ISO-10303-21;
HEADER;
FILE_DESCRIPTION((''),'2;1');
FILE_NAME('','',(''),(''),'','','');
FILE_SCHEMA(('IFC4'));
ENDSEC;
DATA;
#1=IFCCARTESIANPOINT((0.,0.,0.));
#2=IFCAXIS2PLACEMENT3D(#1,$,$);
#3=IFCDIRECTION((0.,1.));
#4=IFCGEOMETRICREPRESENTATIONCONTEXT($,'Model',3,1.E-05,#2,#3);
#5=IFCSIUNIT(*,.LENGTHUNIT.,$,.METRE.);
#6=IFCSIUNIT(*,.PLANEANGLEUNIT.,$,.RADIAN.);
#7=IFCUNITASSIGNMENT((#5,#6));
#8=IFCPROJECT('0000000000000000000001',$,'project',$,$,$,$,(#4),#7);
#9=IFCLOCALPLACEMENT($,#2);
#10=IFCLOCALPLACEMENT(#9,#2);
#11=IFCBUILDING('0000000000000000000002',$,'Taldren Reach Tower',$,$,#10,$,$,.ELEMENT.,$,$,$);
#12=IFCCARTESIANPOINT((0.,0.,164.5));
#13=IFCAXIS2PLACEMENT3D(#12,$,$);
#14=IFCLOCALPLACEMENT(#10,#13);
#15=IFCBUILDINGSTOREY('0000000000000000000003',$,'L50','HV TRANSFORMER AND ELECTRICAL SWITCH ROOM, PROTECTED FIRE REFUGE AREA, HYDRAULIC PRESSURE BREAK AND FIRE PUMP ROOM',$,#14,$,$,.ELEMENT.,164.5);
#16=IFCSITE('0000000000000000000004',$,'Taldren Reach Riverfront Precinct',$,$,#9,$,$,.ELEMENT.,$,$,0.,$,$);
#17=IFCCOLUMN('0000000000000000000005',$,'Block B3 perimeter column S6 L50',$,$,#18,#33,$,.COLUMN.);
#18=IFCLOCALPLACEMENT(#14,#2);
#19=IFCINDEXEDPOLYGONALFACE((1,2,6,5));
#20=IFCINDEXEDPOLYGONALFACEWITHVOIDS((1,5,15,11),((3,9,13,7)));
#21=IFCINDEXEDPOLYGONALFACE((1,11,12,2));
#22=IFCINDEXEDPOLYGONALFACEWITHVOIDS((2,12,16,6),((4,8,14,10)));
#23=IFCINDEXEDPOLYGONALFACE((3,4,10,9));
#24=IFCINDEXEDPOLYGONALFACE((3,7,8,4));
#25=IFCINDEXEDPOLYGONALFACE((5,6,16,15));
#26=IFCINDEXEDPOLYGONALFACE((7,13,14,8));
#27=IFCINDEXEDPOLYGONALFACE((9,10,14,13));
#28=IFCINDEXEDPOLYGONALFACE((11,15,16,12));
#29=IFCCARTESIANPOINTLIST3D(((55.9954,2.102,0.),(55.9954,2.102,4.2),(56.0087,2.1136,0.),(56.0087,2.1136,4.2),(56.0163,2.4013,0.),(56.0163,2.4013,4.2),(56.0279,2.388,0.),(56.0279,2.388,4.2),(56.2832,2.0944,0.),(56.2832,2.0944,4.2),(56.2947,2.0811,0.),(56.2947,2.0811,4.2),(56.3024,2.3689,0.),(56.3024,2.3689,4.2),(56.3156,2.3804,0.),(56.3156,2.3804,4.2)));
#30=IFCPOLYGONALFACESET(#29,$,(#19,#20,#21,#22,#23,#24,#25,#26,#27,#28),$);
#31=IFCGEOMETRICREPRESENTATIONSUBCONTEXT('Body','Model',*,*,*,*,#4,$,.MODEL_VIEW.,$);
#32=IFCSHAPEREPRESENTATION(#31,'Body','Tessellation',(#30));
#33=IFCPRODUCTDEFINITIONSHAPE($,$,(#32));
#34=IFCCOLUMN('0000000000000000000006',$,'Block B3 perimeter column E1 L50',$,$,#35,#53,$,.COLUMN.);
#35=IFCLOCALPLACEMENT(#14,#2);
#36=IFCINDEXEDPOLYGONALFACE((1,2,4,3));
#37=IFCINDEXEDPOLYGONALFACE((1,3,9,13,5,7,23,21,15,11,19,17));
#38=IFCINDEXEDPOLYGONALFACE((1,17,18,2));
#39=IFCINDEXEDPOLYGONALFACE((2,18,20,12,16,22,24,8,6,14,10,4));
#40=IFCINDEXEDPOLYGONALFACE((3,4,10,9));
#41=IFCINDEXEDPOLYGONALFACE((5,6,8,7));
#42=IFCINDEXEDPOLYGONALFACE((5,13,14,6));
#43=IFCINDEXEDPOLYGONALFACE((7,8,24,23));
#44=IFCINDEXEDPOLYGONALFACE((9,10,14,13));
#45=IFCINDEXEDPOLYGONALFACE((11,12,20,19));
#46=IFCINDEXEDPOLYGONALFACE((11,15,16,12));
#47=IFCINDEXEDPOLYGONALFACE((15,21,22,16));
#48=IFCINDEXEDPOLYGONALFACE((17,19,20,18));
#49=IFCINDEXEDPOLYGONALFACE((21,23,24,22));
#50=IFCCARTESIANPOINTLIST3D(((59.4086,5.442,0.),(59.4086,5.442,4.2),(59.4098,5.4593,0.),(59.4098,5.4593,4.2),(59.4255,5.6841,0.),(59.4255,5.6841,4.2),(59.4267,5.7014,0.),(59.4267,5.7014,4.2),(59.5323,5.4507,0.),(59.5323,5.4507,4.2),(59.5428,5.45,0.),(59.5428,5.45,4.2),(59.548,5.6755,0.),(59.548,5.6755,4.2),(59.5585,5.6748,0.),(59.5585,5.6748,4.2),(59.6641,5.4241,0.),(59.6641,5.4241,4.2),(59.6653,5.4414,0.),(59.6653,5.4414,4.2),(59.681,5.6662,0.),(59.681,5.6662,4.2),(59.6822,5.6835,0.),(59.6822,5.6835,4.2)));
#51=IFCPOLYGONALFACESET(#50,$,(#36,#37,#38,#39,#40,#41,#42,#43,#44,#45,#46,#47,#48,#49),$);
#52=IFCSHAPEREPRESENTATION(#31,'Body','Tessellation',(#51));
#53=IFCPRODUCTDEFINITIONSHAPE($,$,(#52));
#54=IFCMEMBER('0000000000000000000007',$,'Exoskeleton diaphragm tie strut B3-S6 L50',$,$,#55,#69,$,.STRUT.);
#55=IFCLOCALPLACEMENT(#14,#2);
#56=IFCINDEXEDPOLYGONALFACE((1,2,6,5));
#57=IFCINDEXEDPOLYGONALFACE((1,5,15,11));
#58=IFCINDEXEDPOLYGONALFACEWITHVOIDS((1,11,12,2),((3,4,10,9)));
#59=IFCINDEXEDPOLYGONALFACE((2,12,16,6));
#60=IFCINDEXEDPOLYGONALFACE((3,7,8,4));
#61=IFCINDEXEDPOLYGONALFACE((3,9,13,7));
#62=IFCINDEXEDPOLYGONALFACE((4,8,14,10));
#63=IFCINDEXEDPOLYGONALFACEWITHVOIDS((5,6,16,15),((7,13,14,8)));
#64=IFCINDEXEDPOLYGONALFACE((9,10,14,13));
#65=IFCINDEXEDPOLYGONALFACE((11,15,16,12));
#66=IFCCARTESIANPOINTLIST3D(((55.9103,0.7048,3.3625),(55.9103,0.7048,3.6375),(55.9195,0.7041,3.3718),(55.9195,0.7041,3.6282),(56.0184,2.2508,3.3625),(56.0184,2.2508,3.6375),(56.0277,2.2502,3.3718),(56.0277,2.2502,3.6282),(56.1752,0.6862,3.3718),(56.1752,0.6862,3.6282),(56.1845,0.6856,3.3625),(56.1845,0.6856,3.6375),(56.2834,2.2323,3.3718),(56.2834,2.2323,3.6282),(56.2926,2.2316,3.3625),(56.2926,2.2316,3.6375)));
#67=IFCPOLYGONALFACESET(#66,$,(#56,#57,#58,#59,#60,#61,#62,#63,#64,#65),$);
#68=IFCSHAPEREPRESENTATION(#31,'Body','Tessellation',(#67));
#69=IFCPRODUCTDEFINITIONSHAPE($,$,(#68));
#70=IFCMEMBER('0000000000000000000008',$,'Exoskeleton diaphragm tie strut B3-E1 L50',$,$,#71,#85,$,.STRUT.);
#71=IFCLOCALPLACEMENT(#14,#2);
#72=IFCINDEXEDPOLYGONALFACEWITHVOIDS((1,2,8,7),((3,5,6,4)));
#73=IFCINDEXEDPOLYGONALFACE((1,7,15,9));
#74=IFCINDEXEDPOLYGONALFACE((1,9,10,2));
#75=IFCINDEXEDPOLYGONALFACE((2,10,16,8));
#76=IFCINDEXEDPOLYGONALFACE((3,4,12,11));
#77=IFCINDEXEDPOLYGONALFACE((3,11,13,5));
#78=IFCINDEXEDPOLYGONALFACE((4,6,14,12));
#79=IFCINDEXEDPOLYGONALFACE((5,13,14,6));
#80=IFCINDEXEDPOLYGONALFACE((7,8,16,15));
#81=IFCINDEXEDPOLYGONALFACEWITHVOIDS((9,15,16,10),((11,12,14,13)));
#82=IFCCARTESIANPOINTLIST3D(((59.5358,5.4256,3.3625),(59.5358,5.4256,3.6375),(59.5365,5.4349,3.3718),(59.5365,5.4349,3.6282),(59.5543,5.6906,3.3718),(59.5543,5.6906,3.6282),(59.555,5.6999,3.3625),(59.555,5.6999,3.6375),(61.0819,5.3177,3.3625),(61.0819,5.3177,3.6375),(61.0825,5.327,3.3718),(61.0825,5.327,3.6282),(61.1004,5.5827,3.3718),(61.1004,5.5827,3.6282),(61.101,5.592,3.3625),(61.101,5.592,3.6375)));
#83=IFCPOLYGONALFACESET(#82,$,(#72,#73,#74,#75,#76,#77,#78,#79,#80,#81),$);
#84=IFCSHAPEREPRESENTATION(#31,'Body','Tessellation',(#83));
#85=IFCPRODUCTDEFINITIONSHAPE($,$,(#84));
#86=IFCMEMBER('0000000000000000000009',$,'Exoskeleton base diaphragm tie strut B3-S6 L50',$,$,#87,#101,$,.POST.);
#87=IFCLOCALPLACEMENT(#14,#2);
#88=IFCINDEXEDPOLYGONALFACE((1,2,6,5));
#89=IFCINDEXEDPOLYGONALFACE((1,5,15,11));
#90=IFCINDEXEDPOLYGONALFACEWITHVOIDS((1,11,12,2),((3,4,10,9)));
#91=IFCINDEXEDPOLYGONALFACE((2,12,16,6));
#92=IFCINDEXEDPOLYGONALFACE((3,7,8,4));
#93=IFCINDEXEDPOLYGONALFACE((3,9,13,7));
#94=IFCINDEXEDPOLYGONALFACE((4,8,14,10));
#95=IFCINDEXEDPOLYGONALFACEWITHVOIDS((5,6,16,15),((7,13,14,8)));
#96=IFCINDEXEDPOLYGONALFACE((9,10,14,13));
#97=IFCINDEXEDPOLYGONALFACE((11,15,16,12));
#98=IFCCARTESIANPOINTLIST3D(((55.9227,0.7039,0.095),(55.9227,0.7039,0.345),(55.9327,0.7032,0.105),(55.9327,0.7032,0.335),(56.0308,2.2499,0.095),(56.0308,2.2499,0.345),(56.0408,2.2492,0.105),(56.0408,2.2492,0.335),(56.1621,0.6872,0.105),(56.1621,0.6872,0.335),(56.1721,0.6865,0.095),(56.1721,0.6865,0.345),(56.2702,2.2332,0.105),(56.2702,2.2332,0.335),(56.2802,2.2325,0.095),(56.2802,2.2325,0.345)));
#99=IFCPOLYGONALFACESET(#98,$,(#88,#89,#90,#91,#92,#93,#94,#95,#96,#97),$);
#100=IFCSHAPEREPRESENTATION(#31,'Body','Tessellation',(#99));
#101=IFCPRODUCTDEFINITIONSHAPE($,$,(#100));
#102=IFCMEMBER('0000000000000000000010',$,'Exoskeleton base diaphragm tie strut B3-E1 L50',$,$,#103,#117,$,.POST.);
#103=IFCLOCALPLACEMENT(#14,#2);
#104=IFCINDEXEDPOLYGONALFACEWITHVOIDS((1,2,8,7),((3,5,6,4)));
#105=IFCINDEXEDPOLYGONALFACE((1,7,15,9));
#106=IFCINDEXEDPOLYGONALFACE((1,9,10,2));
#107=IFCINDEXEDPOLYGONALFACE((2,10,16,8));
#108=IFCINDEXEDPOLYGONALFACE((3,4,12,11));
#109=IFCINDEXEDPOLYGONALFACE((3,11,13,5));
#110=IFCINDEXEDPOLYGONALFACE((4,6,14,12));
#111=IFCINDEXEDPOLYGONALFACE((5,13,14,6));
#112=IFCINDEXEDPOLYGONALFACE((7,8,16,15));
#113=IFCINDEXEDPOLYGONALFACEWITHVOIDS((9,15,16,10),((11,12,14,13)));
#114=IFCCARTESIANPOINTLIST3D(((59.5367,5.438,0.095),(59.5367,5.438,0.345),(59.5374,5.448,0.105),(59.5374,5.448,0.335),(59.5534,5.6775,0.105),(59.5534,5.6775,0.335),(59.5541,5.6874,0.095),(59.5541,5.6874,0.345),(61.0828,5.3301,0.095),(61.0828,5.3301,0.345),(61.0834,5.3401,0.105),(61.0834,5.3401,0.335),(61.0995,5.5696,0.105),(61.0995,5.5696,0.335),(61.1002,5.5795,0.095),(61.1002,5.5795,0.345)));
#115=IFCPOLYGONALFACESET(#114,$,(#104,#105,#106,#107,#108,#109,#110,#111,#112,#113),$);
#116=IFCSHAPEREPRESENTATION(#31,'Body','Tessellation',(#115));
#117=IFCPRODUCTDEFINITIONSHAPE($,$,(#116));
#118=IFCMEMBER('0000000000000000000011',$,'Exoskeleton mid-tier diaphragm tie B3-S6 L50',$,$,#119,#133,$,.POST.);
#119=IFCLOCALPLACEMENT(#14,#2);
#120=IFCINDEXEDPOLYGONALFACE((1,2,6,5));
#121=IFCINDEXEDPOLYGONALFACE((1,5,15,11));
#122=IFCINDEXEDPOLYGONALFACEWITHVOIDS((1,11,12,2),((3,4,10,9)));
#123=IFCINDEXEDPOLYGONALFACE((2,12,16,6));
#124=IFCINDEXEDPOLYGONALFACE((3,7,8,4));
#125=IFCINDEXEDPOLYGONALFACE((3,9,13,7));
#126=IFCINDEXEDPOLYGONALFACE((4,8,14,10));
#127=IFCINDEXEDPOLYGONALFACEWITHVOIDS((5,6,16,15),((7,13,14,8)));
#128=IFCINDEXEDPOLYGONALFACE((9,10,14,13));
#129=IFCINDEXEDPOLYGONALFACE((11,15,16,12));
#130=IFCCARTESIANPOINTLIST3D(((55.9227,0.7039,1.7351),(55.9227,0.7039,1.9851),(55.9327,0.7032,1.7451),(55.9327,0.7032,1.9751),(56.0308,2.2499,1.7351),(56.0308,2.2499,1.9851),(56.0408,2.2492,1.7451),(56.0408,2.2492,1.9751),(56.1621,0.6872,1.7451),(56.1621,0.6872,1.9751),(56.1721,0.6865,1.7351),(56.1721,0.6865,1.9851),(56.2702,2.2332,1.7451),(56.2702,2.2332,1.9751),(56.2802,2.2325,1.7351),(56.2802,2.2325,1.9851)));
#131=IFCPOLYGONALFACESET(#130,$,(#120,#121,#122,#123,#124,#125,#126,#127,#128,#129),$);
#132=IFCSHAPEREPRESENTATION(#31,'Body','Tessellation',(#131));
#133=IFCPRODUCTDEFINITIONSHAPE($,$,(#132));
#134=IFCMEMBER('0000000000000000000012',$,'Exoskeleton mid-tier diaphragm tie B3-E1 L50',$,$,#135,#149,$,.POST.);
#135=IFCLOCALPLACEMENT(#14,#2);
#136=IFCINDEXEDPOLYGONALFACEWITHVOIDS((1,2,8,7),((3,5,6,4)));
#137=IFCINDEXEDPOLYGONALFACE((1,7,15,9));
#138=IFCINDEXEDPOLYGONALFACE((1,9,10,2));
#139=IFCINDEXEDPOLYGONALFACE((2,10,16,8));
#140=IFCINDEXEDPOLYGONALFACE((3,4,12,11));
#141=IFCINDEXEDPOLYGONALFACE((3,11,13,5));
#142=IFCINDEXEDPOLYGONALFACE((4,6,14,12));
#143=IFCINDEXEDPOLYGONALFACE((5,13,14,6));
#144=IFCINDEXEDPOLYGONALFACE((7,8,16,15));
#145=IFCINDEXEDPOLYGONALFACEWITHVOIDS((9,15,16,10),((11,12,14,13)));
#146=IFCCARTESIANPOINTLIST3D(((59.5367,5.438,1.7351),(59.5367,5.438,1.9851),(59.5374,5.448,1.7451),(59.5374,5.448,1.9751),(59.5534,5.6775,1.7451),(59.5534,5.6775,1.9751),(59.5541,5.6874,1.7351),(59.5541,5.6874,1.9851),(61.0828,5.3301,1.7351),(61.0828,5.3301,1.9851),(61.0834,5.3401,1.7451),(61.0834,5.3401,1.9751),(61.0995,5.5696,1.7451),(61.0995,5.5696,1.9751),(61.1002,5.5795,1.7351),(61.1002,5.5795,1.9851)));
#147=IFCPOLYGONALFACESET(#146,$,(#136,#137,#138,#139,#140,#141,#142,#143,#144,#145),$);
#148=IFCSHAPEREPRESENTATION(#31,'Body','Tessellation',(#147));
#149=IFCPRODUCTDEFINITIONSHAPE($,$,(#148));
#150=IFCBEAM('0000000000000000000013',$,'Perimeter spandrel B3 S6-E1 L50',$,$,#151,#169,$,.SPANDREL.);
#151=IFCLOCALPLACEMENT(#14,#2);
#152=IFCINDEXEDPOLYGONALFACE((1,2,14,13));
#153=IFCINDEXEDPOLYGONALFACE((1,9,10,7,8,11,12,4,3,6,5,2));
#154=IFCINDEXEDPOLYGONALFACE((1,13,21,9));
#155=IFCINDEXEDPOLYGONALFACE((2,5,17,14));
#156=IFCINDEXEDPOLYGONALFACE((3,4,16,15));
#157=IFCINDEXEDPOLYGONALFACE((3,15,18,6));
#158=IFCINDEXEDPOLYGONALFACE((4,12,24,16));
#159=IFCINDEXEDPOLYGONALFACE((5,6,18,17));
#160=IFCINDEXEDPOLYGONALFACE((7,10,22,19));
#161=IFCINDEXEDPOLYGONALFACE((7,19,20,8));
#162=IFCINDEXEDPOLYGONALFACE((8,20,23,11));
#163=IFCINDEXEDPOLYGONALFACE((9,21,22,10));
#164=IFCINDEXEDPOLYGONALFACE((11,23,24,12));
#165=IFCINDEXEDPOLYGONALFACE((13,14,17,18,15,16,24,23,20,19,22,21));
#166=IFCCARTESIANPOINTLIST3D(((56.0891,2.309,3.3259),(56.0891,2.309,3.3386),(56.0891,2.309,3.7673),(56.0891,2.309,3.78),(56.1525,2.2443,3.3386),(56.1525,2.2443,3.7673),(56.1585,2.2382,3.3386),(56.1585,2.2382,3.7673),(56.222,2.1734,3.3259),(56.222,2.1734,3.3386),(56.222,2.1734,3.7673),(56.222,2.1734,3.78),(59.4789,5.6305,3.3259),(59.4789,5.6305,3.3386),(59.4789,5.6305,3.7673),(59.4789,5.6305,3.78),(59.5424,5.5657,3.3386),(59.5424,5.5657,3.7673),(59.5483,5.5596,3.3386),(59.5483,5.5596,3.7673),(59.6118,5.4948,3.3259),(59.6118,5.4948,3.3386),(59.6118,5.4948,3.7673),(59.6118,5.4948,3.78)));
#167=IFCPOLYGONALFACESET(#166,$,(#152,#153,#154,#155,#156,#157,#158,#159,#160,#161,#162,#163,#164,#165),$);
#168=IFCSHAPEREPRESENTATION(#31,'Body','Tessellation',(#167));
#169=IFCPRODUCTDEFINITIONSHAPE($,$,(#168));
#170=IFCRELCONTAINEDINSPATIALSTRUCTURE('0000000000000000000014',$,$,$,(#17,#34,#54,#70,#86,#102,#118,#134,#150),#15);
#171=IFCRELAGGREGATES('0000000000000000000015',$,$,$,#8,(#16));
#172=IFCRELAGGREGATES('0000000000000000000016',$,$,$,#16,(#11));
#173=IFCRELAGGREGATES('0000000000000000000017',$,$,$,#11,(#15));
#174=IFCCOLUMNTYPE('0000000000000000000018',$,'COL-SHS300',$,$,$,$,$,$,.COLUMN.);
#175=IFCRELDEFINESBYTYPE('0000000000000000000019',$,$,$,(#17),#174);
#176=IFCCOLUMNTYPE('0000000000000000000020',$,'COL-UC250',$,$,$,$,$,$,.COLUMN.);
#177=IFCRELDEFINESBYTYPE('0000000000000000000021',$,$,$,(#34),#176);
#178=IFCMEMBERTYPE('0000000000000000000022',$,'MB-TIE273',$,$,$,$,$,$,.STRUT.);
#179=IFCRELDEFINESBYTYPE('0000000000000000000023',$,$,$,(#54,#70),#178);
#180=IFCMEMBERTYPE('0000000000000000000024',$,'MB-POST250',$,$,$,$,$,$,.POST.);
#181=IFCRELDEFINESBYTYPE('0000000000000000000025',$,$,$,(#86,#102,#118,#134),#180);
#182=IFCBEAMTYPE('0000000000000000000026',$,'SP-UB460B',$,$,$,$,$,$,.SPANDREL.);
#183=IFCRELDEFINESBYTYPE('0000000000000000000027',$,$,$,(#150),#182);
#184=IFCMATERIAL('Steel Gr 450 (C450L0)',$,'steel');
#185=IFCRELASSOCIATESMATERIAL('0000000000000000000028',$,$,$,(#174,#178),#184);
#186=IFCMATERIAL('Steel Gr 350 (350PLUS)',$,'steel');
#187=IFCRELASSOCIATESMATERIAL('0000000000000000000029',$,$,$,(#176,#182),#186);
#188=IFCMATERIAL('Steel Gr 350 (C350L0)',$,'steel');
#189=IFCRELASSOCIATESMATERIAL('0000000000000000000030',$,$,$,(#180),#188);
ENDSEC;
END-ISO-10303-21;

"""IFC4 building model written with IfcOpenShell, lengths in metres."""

from ifc_helpers import new_model, si_unit, direction, frame, origin, origin_2d, place, context, subcontext, project, spatial, hollow_rectangle, i_section, extrude, source, transform, mapped, material, material_profile, profile_set, type_object, element, save


model = new_model("IFC4")

# Units and contexts
model_context = context("Model", 3, precision=1e-05, world=origin(), true_north=direction((0.0, 1.0)))
body_context = subcontext(model_context, "Body", "Model", "MODEL_VIEW")
ifc_project = project(units=[si_unit("LENGTHUNIT", "METRE"), si_unit("PLANEANGLEUNIT", "RADIAN")], contexts=[model_context])

# Site, building, storey
site_placement = place(None, origin())
site = spatial("IfcSite", under=ifc_project, at=site_placement, Name="Taldren Reach Riverfront Precinct", CompositionType="ELEMENT", RefElevation=0.0)
building_placement = place(site_placement, origin())
building = spatial("IfcBuilding", under=site, at=building_placement, Name="Taldren Reach Tower", CompositionType="ELEMENT")
storey_placement = place(building_placement, frame((0.0, 0.0, 164.5)))
storey = spatial("IfcBuildingStorey", under=building, at=storey_placement, Name="L50", Description="HV TRANSFORMER AND ELECTRICAL SWITCH ROOM, PROTECTED FIRE REFUGE AREA, HYDRAULIC PRESSURE BREAK AND FIRE PUMP ROOM", CompositionType="ELEMENT", Elevation=164.5)

# Columns
ifc_material_1 = material(Name="Steel Gr 450 (C450L0)", Category="steel")
ifc_material_profile_1 = material_profile(ifc_material_1, hollow_rectangle(XDim=0.3, YDim=0.3, WallThickness=0.0125, at=origin_2d()), Name="300x300x12.5SHS")
ifc_profile_set_1 = profile_set([ifc_material_profile_1], Name="Steel Gr 450 (C450L0)")
column_type_1 = type_object("IfcColumnType", Name="COL-SHS300", PredefinedType="COLUMN", material=ifc_profile_set_1)
shared_shape_1 = source(origin(), body_context, "Body", "SweptSolid", [
    extrude(hollow_rectangle(XDim=0.3, YDim=0.3, WallThickness=0.0125, at=origin_2d()), origin(), (0.0, 0.0, 1.0), 4.2),
])
column_1_placement = place(storey_placement, frame((56.1555, 2.2412, 0.0), z_axis=(0.0, 0.0, 1.0), x_axis=(0.997564, -0.069756, 0.0)))
element("IfcColumn", 1, at=column_1_placement, inside=storey, type_object=column_type_1, Name="Block B3 perimeter column S6 L50", PredefinedType="COLUMN", context=body_context, shape_type="MappedRepresentation", body=[
    mapped(shared_shape_1, transform((0.0, 0.0, 0.0), scale=1.0)),
])
ifc_material_2 = material(Name="Steel Gr 350 (350PLUS)", Category="steel")
ifc_material_profile_2 = material_profile(ifc_material_2, i_section(OverallWidth=0.2561, OverallDepth=0.26, WebThickness=0.0105, FlangeThickness=0.0173, at=origin_2d()), Name="250UC89.5")
ifc_profile_set_2 = profile_set([ifc_material_profile_2], Name="Steel Gr 350 (350PLUS)")
column_type_2 = type_object("IfcColumnType", Name="COL-UC250", PredefinedType="COLUMN", material=ifc_profile_set_2)
shared_shape_2 = source(origin(), body_context, "Body", "SweptSolid", [
    extrude(i_section(OverallWidth=0.2561, OverallDepth=0.26, WebThickness=0.0105, FlangeThickness=0.0173, at=origin_2d()), origin(), (0.0, 0.0, 1.0), 4.2),
])
column_2_placement = place(storey_placement, frame((59.5454, 5.5627, 0.0), z_axis=(0.0, 0.0, 1.0), x_axis=(0.997564, -0.069756, 0.0)))
element("IfcColumn", 2, at=column_2_placement, inside=storey, type_object=column_type_2, Name="Block B3 perimeter column E1 L50", PredefinedType="COLUMN", context=body_context, shape_type="MappedRepresentation", body=[
    mapped(shared_shape_2, transform((0.0, 0.0, 0.0), scale=1.0)),
])

# Members
ifc_material_profile_3 = material_profile(ifc_material_1, hollow_rectangle(XDim=0.2749, YDim=0.2749, WallThickness=0.0093, at=origin_2d()), Name="275x275x9.3SHS")
ifc_profile_set_3 = profile_set([ifc_material_profile_3], Name="Steel Gr 450 (C450L0)")
member_type_1 = type_object("IfcMemberType", Name="MB-TIE273", PredefinedType="STRUT", material=ifc_profile_set_3)
shared_shape_3 = source(origin(), body_context, "Body", "SweptSolid", [
    extrude(hollow_rectangle(XDim=0.2749, YDim=0.2749, WallThickness=0.0093, at=origin_2d()), origin(), (0.0, 0.0, 1.0), 1.5498),
])
for number, where, z_axis, x_axis, name in (
    (3, (56.1555, 2.2412, 3.5), (-0.069781, -0.997562, 0.0), (0.997562, -0.069781, 0.0), "Exoskeleton diaphragm tie strut B3-S6 L50"),
    (4, (59.5454, 5.5627, 3.5), (0.997573, -0.069624, 0.0), (0.069624, 0.997573, 0.0), "Exoskeleton diaphragm tie strut B3-E1 L50"),
):
    element("IfcMember", number, at=place(storey_placement, frame(where, z_axis=z_axis, x_axis=x_axis)), inside=storey, type_object=member_type_1, Name=name, PredefinedType="STRUT", context=body_context, shape_type="MappedRepresentation", body=[
        mapped(shared_shape_3, transform((0.0, 0.0, 0.0), scale=1.0)),
    ])
ifc_material_3 = material(Name="Steel Gr 350 (C350L0)", Category="steel")
ifc_material_profile_4 = material_profile(ifc_material_3, hollow_rectangle(XDim=0.25, YDim=0.25, WallThickness=0.01, at=origin_2d()), Name="250x250x10.0SHS")
ifc_profile_set_4 = profile_set([ifc_material_profile_4], Name="Steel Gr 350 (C350L0)")
member_type_2 = type_object("IfcMemberType", Name="MB-POST250", PredefinedType="POST", material=ifc_profile_set_4)
shared_shape_4 = source(origin(), body_context, "Body", "SweptSolid", [
    extrude(hollow_rectangle(XDim=0.25, YDim=0.25, WallThickness=0.01, at=origin_2d()), origin(), (0.0, 0.0, 1.0), 1.5498),
])
for number, where, z_axis, x_axis, name in (
    (5, (56.1555, 2.2412, 0.22), (-0.069781, -0.997562, 0.0), (0.997562, -0.069781, 0.0), "Exoskeleton base diaphragm tie strut B3-S6 L50"),
    (6, (59.5454, 5.5627, 0.22), (0.997573, -0.069624, 0.0), (0.069624, 0.997573, 0.0), "Exoskeleton base diaphragm tie strut B3-E1 L50"),
    (7, (56.1555, 2.2412, 1.8601), (-0.069781, -0.997562, 0.0), (0.997562, -0.069781, 0.0), "Exoskeleton mid-tier diaphragm tie B3-S6 L50"),
    (8, (59.5454, 5.5627, 1.8601), (0.997573, -0.069624, 0.0), (0.069624, 0.997573, 0.0), "Exoskeleton mid-tier diaphragm tie B3-E1 L50"),
):
    element("IfcMember", number, at=place(storey_placement, frame(where, z_axis=z_axis, x_axis=x_axis)), inside=storey, type_object=member_type_2, Name=name, PredefinedType="POST", context=body_context, shape_type="MappedRepresentation", body=[
        mapped(shared_shape_4, transform((0.0, 0.0, 0.0), scale=1.0)),
    ])

# Beam
ifc_material_profile_5 = material_profile(ifc_material_2, i_section(OverallWidth=0.1899, OverallDepth=0.4541, WebThickness=0.0085, FlangeThickness=0.0127, at=origin_2d()), Name="460UB67.1")
ifc_profile_set_5 = profile_set([ifc_material_profile_5], Name="Steel Gr 350 (350PLUS)")
beam_type_1 = type_object("IfcBeamType", Name="SP-UB460B", PredefinedType="SPANDREL", material=ifc_profile_set_5)
shared_shape_5 = source(origin(), body_context, "Body", "SweptSolid", [
    extrude(i_section(OverallWidth=0.1899, OverallDepth=0.4541, WebThickness=0.0085, FlangeThickness=0.0127, at=origin_2d()), origin(), (0.0, 0.0, 1.0), 4.7458),
])
beam_1_placement = place(storey_placement, frame((56.1555, 2.2412, 3.553), z_axis=(0.714272, 0.699868, 0.0), x_axis=(-0.699868, 0.714272, 0.0)))
element("IfcBeam", 9, at=beam_1_placement, inside=storey, type_object=beam_type_1, Name="Perimeter spandrel B3 S6-E1 L50", PredefinedType="SPANDREL", context=body_context, shape_type="MappedRepresentation", body=[
    mapped(shared_shape_5, transform((0.0, 0.0, 0.0), scale=1.0)),
])

save(model, "model.ifc")
